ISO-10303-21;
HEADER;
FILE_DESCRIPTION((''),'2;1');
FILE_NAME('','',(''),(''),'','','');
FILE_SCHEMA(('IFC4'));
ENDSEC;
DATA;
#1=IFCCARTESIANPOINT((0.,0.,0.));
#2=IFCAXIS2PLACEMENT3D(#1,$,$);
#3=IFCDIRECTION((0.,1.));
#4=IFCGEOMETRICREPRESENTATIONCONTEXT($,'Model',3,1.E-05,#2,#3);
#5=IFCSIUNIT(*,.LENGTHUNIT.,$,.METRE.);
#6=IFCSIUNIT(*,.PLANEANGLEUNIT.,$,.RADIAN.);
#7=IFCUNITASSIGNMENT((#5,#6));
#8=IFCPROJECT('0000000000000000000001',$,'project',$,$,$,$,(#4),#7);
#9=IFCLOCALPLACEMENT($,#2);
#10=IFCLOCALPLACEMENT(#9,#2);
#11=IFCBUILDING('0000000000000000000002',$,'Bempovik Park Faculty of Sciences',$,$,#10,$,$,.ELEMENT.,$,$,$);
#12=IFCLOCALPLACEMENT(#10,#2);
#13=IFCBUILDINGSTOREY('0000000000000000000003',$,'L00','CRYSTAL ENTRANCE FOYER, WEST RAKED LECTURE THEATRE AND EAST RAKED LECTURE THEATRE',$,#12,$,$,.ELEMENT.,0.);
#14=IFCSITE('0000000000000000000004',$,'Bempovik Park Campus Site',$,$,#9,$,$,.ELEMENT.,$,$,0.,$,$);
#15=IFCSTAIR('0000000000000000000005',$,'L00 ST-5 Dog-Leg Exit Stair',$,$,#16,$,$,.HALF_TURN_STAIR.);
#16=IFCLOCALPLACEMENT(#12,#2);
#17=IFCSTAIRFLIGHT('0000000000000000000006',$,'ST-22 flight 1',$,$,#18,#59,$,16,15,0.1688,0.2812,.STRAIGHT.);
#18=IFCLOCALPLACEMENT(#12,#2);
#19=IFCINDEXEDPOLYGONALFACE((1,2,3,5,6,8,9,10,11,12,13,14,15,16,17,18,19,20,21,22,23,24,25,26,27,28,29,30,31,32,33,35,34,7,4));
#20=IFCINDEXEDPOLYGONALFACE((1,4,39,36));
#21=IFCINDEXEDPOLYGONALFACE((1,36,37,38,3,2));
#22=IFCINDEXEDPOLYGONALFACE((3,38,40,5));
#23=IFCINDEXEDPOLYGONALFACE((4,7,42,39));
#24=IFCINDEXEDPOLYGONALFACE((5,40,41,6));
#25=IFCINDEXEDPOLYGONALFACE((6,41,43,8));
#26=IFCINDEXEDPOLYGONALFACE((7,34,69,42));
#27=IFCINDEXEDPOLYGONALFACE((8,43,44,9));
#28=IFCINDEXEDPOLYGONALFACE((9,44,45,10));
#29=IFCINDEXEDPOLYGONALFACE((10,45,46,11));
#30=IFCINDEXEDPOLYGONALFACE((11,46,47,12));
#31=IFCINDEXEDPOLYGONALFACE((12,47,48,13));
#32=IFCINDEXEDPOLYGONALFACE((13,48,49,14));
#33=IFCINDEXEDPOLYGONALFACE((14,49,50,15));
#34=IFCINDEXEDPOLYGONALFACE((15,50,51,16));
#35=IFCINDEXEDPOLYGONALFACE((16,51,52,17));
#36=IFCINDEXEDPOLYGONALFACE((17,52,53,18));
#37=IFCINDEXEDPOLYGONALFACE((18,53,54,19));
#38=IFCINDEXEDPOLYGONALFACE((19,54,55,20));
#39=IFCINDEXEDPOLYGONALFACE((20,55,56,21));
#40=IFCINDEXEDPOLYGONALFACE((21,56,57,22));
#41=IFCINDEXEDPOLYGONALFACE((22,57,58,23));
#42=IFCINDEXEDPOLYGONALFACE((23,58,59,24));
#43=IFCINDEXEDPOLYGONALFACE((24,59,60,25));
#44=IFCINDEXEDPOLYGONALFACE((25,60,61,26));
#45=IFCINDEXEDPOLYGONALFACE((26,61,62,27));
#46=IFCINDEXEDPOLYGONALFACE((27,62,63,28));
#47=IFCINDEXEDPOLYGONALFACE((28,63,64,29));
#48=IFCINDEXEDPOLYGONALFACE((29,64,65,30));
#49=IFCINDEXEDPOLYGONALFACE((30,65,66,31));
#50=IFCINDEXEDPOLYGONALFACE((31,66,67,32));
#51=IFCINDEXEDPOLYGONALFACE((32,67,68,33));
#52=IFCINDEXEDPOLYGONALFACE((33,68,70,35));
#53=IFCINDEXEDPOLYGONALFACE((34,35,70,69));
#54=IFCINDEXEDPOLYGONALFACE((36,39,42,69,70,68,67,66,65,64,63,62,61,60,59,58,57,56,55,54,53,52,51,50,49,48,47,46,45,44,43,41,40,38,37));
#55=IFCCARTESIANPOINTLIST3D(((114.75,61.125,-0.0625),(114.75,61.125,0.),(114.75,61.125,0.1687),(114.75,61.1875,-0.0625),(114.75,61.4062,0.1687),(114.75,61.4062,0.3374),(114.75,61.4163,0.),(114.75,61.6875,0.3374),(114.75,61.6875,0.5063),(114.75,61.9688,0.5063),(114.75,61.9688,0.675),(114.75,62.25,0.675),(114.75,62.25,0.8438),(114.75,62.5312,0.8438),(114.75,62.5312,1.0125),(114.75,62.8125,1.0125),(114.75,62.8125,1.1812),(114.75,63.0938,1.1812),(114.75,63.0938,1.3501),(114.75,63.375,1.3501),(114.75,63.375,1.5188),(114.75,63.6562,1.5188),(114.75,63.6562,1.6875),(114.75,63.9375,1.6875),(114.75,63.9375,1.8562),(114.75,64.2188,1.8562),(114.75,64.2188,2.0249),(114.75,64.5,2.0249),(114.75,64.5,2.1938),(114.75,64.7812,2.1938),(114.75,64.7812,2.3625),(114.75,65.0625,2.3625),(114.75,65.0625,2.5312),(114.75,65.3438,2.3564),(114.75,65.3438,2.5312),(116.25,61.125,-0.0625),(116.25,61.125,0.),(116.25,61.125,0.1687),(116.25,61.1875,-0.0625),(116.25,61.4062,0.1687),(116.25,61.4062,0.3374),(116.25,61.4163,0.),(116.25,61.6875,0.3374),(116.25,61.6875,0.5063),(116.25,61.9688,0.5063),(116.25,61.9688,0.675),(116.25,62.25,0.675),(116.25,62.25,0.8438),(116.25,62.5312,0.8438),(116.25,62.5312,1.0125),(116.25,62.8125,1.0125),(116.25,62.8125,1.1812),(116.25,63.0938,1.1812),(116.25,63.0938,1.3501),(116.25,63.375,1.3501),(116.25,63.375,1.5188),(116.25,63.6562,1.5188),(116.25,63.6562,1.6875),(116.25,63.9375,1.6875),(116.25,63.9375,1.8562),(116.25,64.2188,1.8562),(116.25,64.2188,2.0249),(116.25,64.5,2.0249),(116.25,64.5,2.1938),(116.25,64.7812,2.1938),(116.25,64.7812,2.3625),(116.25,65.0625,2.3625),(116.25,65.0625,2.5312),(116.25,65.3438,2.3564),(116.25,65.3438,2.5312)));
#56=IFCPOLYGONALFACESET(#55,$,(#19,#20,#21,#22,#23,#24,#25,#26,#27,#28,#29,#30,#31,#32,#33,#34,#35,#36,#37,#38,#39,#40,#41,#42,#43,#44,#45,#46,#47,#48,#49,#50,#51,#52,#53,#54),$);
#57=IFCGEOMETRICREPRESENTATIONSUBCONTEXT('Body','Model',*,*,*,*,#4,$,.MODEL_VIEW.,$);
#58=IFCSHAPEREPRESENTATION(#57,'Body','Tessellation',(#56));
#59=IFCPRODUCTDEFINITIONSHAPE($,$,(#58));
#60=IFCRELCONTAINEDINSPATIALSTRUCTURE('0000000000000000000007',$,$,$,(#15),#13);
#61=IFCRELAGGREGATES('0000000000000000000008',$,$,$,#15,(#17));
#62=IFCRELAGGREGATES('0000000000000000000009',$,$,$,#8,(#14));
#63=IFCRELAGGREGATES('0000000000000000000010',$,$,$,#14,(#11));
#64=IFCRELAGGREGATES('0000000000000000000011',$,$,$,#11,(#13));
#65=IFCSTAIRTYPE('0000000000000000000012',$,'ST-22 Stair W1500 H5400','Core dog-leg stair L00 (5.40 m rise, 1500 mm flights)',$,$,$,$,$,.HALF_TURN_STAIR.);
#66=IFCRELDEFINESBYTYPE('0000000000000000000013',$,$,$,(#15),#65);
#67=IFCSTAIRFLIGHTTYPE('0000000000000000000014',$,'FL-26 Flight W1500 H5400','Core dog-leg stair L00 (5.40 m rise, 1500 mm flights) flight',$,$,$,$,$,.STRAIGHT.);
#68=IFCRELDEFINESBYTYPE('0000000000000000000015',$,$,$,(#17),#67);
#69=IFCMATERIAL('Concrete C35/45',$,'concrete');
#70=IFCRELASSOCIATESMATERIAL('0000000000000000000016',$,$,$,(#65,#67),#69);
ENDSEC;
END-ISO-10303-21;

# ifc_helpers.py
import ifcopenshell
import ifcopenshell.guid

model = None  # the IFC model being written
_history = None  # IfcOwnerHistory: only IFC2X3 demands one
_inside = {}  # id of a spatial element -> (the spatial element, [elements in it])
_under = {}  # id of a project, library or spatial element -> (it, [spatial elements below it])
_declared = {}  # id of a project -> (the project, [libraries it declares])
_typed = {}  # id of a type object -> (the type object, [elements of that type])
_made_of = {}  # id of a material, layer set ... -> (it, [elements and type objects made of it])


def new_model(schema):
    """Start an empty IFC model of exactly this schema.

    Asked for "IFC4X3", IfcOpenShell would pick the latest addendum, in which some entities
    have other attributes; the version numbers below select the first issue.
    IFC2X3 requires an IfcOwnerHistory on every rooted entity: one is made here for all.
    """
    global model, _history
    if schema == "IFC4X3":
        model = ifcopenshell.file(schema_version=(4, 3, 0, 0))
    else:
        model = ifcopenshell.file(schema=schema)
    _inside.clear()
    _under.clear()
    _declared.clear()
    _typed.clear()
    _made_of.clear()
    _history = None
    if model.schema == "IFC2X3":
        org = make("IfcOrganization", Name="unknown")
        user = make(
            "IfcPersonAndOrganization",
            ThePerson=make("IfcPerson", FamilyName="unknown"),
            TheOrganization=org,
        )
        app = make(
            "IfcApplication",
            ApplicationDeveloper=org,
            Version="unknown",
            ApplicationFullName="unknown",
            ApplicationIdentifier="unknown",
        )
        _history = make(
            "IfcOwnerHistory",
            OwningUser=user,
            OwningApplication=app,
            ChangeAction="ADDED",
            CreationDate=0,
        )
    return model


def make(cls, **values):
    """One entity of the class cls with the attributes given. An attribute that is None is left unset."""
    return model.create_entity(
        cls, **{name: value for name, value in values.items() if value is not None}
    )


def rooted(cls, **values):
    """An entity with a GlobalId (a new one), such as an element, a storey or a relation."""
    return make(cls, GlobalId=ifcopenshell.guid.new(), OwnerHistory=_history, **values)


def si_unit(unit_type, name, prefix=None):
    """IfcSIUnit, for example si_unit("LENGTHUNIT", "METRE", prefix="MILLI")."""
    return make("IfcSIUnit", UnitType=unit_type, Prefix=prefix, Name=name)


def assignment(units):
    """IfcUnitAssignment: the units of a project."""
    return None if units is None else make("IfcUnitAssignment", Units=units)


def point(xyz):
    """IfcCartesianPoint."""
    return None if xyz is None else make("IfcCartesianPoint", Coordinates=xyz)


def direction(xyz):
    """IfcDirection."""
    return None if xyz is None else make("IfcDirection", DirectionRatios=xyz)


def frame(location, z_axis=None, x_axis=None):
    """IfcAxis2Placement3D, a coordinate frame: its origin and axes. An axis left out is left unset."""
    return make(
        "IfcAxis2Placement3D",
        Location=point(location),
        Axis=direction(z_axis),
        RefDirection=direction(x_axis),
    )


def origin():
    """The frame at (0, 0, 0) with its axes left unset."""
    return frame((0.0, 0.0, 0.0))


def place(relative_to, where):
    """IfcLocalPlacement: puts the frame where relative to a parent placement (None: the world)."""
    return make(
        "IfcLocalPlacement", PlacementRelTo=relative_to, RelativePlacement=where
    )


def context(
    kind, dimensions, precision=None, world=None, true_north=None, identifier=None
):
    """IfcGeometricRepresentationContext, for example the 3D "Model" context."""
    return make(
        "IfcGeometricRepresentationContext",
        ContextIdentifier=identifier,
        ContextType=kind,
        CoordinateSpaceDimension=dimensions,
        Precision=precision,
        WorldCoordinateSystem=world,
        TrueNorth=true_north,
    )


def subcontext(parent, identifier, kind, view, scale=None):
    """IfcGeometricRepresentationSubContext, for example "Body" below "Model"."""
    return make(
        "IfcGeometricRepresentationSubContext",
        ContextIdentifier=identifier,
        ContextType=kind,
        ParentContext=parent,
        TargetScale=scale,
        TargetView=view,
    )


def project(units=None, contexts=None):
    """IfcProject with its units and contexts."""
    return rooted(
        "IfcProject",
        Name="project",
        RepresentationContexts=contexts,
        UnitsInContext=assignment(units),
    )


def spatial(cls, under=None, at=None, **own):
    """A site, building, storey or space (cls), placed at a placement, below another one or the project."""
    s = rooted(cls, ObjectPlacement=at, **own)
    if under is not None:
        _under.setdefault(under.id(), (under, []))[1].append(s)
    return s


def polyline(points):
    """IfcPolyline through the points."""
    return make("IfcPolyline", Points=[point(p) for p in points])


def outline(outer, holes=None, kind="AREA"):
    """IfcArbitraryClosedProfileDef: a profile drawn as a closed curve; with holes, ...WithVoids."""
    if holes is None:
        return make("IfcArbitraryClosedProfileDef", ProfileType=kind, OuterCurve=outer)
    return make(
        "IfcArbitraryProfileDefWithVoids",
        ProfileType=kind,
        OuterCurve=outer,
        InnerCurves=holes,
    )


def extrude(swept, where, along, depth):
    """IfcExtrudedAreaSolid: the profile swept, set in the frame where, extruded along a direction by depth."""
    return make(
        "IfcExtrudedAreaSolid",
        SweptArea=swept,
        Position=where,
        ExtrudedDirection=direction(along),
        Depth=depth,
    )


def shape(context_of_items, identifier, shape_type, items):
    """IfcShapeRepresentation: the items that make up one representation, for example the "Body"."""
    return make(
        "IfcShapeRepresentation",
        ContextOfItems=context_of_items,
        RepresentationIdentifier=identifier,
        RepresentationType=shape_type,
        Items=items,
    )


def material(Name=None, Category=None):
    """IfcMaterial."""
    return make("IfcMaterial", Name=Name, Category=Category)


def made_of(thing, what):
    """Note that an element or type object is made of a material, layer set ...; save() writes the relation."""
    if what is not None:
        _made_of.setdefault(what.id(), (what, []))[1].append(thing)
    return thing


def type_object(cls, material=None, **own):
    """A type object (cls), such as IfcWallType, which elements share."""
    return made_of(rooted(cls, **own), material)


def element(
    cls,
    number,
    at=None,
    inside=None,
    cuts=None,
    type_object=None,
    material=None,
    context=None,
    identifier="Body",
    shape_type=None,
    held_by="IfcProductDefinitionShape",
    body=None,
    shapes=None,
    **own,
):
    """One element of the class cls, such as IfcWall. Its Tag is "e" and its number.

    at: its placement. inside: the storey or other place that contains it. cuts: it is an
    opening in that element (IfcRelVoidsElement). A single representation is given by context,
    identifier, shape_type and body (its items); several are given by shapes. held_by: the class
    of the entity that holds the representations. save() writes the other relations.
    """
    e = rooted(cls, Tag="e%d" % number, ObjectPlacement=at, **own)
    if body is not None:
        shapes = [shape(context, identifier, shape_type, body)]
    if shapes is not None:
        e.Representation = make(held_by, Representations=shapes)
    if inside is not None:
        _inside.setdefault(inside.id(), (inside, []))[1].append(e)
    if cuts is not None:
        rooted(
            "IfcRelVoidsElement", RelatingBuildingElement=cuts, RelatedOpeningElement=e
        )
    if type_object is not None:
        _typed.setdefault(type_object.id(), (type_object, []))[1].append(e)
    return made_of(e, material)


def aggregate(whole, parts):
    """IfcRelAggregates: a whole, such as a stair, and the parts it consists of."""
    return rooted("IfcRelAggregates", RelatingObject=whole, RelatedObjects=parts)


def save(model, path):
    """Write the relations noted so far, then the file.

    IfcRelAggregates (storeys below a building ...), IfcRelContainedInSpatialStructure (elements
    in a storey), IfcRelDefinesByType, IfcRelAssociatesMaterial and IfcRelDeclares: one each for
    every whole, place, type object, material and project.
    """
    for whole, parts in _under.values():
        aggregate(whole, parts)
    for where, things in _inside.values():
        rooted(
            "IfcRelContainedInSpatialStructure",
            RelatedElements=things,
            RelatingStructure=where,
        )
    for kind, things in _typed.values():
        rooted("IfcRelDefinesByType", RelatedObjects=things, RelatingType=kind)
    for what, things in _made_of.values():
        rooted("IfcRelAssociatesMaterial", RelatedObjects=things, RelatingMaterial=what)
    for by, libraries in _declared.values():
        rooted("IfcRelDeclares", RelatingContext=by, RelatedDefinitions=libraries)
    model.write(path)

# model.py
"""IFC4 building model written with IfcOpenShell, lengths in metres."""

from ifc_helpers import new_model, si_unit, direction, frame, origin, place, context, subcontext, project, spatial, polyline, outline, extrude, material, type_object, element, aggregate, save


model = new_model("IFC4")

# Units and contexts
model_context = context("Model", 3, precision=1e-05, world=origin(), true_north=direction((0.0, 1.0)))
body_context = subcontext(model_context, "Body", "Model", "MODEL_VIEW")
ifc_project = project(units=[si_unit("LENGTHUNIT", "METRE"), si_unit("PLANEANGLEUNIT", "RADIAN")], contexts=[model_context])

# Site, building, storey
site_placement = place(None, origin())
site = spatial("IfcSite", under=ifc_project, at=site_placement, Name="Bempovik Park Campus Site", CompositionType="ELEMENT", RefElevation=0.0)
building_placement = place(site_placement, origin())
building = spatial("IfcBuilding", under=site, at=building_placement, Name="Bempovik Park Faculty of Sciences", CompositionType="ELEMENT")
storey_placement = place(building_placement, origin())
storey = spatial("IfcBuildingStorey", under=building, at=storey_placement, Name="L00", Description="CRYSTAL ENTRANCE FOYER, WEST RAKED LECTURE THEATRE AND EAST RAKED LECTURE THEATRE", CompositionType="ELEMENT", Elevation=0.0)

# Shared definitions
ifc_material_1 = material(Name="Concrete C35/45", Category="concrete")

# Stair, stair flight
stair_type = type_object("IfcStairType", Name="ST-22 Stair W1500 H5400", Description="Core dog-leg stair L00 (5.40 m rise, 1500 mm flights)", PredefinedType="HALF_TURN_STAIR", material=ifc_material_1)
stair_placement = place(storey_placement, origin())
stair = element("IfcStair", 1, at=stair_placement, inside=storey, type_object=stair_type, Name="L00 ST-5 Dog-Leg Exit Stair", PredefinedType="HALF_TURN_STAIR")
stair_flight_type = type_object("IfcStairFlightType", Name="FL-26 Flight W1500 H5400", Description="Core dog-leg stair L00 (5.40 m rise, 1500 mm flights) flight", PredefinedType="STRAIGHT", material=ifc_material_1)
stair_flight_placement = place(storey_placement, frame((115.5, 61.125, 0.0), z_axis=(0.0, 0.0, 1.0), x_axis=(0.0, 1.0, 0.0)))
stair_flight = element("IfcStairFlight", 2, at=stair_flight_placement, type_object=stair_flight_type, Name="ST-22 flight 1", NumberOfRisers=16, NumberOfTreads=15, PredefinedType="STRAIGHT", RiserHeight=0.1688, TreadLength=0.2812, context=body_context, shape_type="SweptSolid", body=[
    extrude(outline(polyline([(0.0, 0.0), (0.0, 0.1687), (0.2812, 0.1687), (0.2812, 0.3374), (0.5625, 0.3374), (0.5625, 0.5063), (0.8438, 0.5063), (0.8438, 0.675), (1.125, 0.675), (1.125, 0.8438), (1.4062, 0.8438), (1.4062, 1.0125), (1.6875, 1.0125), (1.6875, 1.1812), (1.9688, 1.1812), (1.9688, 1.3501), (2.25, 1.3501), (2.25, 1.5188), (2.5312, 1.5188), (2.5312, 1.6875), (2.8125, 1.6875), (2.8125, 1.8562), (3.0938, 1.8562), (3.0938, 2.0249), (3.375, 2.0249), (3.375, 2.1938), (3.6562, 2.1938), (3.6562, 2.3625), (3.9375, 2.3625), (3.9375, 2.5312), (4.2188, 2.5312), (4.2188, 2.7), (4.2188, 2.3564), (0.2913, 0.0), (0.0625, -0.0625), (0.0, -0.0625), (0.0, 0.0)])), frame((0.0, 0.75, 0.0), z_axis=(0.0, -1.0, 0.0), x_axis=(1.0, 0.0, 0.0)), (0.0, 0.0, 1.0), 1.5),
])
aggregate(stair, [stair_flight])

save(model, "model.ifc")
